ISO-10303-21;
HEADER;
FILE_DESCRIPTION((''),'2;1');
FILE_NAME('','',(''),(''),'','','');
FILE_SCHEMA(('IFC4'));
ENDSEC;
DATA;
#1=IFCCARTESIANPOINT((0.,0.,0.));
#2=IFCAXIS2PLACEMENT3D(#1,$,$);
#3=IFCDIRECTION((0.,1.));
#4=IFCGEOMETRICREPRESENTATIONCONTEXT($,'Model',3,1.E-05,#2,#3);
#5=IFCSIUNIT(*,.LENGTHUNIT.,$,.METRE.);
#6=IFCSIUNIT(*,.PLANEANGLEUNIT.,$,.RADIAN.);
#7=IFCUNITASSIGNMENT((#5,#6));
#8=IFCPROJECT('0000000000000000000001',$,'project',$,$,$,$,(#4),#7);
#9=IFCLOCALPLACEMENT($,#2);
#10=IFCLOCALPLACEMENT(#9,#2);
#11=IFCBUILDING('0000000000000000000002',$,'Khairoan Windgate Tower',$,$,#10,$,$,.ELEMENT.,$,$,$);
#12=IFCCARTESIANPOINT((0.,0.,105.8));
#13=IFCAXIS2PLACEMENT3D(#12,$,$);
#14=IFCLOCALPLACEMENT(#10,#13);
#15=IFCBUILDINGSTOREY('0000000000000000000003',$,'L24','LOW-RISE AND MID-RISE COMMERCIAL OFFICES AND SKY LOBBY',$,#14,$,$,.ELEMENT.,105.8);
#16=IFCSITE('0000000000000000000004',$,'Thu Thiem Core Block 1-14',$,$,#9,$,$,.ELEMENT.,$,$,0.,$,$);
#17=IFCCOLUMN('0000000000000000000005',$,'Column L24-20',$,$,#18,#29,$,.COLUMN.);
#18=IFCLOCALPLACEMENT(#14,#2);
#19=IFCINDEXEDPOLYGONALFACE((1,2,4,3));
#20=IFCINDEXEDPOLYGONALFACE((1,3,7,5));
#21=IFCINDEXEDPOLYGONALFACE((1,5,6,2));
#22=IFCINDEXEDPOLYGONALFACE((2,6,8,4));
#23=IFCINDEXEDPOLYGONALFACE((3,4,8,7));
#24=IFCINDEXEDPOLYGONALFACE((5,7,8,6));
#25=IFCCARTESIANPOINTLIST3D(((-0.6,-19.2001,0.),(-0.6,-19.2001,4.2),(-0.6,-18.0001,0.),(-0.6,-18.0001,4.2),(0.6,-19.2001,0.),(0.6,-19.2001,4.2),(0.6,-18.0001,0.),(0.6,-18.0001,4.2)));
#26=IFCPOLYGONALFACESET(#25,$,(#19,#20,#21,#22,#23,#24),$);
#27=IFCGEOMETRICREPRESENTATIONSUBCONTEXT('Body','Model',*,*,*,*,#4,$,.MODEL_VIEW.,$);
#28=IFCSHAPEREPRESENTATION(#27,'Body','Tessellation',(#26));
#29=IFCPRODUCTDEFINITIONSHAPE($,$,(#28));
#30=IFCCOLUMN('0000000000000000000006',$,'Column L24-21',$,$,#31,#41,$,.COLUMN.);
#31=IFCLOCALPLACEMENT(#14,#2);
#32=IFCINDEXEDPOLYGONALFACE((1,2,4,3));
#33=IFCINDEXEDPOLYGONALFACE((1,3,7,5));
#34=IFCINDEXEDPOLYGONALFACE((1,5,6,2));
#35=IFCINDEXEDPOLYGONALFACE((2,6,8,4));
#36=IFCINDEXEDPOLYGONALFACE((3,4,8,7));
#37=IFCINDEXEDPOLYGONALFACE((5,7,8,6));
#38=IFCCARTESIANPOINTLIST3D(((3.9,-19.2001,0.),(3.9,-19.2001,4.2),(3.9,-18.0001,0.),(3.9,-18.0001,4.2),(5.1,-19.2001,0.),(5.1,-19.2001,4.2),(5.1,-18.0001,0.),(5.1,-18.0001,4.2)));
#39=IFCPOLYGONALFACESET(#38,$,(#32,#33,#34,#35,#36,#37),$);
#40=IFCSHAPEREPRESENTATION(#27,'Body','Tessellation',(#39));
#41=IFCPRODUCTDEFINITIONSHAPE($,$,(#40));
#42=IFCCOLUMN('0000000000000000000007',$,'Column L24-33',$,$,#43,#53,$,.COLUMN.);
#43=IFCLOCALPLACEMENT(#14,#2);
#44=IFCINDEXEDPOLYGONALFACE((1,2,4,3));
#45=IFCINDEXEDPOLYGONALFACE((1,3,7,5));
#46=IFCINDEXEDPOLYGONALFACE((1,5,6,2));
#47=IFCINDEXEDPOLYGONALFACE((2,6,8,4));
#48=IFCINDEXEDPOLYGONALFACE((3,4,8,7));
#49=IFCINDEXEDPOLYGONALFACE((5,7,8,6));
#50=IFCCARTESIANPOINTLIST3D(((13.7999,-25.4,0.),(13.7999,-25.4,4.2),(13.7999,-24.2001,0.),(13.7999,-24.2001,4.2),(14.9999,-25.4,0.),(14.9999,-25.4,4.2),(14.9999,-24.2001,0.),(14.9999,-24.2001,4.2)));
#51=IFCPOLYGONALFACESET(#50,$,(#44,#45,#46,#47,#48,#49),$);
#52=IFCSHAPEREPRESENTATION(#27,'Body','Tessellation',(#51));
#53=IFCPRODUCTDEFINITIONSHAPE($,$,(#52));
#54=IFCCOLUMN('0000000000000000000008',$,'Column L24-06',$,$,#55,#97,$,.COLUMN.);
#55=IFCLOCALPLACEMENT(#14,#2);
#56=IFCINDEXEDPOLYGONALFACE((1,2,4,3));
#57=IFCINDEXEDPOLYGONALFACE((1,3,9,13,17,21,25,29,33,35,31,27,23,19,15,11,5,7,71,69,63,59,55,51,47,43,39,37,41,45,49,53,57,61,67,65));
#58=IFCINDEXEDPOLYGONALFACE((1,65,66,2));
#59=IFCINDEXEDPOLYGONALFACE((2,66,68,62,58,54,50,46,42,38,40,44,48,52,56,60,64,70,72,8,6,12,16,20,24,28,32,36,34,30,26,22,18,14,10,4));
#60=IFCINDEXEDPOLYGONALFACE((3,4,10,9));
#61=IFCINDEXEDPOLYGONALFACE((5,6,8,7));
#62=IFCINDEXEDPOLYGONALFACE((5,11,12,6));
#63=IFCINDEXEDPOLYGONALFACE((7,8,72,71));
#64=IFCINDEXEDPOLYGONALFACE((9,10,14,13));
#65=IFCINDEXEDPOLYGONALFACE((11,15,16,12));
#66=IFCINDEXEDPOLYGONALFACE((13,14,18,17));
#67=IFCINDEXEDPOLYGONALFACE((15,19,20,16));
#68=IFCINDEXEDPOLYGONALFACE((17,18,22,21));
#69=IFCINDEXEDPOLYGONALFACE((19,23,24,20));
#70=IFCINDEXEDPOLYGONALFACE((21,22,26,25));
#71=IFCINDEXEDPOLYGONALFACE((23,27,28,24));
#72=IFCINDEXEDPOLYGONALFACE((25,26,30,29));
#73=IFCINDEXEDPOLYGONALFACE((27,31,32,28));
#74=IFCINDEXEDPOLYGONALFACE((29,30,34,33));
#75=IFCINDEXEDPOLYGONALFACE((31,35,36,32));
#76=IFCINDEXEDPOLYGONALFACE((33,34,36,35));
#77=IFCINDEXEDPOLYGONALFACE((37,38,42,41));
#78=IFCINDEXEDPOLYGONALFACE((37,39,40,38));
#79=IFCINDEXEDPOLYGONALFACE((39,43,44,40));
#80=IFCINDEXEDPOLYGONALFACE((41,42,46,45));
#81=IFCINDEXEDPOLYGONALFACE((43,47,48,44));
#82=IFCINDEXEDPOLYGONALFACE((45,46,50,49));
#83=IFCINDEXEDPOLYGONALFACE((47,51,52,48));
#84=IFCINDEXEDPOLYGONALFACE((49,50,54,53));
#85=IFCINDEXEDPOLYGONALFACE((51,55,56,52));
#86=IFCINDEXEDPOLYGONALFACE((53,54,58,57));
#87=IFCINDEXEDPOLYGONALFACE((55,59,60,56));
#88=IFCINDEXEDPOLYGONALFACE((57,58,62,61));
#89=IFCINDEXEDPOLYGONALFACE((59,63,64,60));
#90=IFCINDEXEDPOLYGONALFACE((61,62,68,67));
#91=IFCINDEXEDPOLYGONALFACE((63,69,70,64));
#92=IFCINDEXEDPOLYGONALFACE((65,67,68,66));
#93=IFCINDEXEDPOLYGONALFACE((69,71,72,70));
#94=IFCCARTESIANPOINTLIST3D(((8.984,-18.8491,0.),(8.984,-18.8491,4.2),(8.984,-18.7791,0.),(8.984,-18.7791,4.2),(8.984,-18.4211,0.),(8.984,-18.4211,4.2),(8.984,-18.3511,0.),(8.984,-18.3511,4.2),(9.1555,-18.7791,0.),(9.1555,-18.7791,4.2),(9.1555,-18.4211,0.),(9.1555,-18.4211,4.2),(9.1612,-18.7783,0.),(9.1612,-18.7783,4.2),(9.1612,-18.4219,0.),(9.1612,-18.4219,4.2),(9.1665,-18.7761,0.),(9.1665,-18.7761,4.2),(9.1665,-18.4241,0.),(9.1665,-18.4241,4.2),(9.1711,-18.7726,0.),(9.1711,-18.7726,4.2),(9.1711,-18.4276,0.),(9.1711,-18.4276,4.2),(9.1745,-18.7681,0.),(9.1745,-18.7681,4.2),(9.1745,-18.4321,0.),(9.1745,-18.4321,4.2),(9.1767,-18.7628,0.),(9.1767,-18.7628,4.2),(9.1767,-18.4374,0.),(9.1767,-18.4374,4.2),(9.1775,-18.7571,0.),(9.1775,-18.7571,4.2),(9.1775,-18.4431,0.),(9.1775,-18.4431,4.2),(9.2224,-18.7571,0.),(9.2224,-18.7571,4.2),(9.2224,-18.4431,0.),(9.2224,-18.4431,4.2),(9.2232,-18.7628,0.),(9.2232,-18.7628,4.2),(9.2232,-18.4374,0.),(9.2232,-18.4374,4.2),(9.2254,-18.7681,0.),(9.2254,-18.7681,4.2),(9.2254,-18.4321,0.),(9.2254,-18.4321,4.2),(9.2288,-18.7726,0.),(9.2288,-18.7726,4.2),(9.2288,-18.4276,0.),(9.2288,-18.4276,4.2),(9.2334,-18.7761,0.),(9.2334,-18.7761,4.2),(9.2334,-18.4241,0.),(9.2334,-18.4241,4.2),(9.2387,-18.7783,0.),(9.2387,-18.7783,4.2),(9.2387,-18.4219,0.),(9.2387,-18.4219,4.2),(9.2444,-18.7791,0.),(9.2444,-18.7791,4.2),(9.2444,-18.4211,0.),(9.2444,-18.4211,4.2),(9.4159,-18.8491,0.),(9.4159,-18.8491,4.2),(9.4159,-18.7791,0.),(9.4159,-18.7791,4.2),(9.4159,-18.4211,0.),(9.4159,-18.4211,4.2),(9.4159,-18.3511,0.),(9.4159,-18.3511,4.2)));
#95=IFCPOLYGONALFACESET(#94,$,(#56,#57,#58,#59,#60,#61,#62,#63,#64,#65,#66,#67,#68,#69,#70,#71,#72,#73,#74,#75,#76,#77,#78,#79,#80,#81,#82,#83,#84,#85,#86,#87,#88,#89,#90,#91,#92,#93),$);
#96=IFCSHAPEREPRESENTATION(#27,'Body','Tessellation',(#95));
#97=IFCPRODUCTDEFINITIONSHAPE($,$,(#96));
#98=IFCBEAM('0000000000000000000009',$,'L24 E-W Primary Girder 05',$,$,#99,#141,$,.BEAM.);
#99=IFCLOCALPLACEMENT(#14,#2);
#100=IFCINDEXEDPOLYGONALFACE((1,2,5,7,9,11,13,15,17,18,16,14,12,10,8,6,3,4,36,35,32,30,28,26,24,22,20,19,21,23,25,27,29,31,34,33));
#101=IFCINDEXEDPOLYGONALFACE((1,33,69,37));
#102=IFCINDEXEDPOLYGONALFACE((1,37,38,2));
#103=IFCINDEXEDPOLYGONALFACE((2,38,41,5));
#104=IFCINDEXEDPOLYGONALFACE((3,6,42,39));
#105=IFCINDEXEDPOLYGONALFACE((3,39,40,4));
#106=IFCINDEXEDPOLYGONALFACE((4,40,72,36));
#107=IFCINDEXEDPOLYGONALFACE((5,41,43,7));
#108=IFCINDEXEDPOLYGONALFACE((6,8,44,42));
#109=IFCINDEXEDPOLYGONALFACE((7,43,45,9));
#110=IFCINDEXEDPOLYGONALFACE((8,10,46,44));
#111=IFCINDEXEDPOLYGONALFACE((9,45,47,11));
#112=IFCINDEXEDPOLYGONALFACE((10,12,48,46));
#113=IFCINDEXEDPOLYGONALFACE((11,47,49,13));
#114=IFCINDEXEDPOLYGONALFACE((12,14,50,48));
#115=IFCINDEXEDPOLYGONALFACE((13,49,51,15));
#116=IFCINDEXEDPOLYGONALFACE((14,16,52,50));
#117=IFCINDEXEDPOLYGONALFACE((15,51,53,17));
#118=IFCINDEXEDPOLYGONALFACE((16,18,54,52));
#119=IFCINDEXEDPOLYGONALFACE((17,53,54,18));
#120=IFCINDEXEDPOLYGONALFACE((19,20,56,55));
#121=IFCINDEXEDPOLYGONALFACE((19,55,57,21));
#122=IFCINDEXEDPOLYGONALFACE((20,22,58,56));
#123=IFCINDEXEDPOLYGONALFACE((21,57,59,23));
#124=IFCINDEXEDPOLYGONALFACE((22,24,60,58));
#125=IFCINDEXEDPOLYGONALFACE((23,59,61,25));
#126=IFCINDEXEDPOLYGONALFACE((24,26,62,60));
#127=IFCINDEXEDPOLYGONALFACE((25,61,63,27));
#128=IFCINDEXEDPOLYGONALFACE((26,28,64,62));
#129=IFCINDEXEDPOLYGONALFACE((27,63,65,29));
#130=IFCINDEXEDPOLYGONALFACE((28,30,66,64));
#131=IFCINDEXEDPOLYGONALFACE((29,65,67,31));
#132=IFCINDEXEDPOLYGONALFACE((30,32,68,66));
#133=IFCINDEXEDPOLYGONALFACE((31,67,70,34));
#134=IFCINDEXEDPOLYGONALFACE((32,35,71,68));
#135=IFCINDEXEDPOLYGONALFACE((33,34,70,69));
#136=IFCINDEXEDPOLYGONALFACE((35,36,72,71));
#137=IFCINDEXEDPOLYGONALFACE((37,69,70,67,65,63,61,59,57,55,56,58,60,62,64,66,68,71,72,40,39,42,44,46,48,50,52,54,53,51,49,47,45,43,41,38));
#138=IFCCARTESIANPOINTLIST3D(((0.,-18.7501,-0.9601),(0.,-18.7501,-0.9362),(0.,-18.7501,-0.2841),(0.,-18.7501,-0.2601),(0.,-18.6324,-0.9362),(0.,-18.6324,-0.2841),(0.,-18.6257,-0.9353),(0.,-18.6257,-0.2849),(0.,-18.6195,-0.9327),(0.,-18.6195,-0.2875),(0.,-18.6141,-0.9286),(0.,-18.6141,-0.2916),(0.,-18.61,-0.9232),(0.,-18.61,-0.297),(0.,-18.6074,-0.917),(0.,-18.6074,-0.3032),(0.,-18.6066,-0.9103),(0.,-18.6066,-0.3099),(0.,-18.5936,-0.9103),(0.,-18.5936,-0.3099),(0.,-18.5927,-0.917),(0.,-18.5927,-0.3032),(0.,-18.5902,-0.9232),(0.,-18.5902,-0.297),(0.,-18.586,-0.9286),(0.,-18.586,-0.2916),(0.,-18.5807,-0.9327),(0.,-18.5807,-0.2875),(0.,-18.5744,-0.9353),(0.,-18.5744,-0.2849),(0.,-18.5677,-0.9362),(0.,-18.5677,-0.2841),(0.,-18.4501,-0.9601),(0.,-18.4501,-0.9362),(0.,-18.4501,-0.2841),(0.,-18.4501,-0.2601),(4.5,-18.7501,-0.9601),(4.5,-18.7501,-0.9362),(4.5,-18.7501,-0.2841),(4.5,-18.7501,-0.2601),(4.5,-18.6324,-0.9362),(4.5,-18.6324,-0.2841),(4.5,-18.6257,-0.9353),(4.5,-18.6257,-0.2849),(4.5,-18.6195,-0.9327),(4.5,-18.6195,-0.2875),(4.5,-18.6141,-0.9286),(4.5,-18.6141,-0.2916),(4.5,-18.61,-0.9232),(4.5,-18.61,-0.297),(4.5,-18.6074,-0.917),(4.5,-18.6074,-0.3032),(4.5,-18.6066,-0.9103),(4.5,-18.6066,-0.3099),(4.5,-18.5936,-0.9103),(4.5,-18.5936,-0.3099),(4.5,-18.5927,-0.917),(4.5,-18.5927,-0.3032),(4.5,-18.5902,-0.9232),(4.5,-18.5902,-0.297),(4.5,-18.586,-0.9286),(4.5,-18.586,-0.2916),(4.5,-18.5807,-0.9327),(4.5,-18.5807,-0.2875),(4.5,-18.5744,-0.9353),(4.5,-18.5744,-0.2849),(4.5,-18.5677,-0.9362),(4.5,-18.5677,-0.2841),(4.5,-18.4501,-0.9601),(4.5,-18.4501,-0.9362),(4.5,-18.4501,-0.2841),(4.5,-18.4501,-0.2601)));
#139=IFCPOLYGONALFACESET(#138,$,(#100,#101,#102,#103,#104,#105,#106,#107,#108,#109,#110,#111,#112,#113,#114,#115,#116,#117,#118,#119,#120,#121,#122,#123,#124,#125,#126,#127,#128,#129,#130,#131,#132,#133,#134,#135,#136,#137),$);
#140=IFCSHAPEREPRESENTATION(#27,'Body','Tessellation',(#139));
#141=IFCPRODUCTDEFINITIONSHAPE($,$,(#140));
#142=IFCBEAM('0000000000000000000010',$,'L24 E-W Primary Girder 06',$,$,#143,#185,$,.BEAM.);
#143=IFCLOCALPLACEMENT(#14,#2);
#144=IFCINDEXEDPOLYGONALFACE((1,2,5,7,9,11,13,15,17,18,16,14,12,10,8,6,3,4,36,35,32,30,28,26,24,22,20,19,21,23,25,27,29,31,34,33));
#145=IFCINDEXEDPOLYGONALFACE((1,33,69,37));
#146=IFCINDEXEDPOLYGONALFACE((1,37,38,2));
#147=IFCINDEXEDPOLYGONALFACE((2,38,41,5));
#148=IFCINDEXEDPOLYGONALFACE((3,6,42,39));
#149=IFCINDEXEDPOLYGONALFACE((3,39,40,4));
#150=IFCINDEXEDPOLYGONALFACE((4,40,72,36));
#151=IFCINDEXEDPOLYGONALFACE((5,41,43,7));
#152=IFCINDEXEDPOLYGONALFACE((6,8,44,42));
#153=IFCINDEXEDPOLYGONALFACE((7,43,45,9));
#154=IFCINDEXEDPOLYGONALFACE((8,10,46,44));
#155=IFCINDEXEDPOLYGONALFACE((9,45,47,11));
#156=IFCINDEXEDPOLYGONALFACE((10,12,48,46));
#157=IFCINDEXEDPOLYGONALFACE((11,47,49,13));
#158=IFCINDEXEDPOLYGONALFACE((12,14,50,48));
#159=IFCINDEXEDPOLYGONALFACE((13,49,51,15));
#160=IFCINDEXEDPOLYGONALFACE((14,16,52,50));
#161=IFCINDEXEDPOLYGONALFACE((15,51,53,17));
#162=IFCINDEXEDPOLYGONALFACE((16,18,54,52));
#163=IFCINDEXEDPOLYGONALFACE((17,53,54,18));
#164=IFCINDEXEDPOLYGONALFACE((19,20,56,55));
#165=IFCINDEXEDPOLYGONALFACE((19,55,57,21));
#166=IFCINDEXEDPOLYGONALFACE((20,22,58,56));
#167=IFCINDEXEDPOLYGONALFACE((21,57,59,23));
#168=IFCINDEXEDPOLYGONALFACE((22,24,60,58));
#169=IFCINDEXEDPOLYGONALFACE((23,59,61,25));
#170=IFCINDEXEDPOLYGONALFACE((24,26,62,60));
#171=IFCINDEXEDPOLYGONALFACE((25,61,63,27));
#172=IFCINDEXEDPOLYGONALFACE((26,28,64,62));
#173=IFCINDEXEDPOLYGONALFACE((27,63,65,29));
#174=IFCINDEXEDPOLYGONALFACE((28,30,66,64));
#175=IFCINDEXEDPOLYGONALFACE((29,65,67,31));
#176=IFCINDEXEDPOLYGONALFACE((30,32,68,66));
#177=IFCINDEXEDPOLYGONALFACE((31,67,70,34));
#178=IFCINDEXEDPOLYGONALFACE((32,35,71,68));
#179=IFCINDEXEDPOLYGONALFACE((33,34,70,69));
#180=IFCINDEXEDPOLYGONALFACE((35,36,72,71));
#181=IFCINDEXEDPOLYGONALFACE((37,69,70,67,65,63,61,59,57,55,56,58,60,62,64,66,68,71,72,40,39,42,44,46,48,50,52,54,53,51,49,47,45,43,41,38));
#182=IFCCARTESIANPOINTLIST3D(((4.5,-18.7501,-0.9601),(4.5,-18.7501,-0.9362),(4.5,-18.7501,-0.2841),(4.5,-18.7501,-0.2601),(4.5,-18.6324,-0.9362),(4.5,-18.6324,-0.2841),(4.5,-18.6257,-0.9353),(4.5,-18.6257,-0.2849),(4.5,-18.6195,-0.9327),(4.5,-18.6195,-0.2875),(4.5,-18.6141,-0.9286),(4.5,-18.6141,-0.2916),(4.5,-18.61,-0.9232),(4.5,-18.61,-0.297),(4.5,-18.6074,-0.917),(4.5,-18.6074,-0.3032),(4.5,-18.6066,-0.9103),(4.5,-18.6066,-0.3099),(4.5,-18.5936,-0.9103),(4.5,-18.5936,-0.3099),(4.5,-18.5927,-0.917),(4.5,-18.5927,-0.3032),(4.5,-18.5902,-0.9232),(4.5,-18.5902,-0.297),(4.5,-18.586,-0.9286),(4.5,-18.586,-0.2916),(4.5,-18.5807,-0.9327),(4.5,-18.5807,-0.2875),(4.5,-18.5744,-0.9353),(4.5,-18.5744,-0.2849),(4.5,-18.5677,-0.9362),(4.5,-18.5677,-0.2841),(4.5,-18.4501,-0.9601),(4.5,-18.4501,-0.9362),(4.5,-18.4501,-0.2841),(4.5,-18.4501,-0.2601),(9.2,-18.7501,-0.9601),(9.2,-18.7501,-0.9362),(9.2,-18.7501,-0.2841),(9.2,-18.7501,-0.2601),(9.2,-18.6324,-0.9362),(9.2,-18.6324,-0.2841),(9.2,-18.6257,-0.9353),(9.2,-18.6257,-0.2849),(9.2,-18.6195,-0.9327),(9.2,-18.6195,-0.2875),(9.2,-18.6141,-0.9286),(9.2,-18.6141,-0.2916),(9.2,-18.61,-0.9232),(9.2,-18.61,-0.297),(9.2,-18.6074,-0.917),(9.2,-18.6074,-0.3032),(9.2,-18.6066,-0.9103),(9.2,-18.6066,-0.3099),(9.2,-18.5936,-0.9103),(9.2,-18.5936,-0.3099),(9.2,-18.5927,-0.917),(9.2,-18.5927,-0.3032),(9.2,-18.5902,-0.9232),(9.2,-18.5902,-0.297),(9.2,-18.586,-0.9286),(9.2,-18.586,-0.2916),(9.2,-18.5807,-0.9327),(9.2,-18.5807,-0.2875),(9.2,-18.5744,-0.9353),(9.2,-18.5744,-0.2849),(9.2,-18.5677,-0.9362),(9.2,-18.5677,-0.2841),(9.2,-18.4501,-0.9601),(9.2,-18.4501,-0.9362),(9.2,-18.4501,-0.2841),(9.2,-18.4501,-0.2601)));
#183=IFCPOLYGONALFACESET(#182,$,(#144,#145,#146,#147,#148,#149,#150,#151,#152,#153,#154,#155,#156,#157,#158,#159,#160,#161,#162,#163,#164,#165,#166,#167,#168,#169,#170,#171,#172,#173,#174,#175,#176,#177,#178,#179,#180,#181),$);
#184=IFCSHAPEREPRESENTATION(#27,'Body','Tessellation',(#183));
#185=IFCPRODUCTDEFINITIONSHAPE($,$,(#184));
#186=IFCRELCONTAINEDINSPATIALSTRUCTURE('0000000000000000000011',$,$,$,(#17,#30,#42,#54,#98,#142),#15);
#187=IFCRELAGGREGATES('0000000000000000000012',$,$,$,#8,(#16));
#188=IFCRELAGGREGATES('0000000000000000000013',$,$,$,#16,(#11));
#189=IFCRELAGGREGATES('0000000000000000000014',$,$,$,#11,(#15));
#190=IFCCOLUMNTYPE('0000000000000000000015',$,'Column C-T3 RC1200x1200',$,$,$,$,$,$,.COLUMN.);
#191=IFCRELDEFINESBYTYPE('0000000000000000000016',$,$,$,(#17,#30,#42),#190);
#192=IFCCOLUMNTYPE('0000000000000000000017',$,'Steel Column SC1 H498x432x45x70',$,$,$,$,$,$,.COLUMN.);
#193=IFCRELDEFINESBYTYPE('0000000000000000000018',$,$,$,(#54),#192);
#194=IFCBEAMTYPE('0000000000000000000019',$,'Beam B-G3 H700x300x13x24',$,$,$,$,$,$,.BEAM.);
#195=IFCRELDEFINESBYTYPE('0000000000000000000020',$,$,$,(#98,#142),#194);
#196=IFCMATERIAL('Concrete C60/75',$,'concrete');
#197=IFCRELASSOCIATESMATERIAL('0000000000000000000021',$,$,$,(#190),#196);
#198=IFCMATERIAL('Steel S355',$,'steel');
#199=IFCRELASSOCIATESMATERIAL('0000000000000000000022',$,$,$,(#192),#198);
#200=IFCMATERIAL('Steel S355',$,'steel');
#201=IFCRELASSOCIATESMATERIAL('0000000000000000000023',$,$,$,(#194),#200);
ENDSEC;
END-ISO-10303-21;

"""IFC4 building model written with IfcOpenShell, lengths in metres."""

from ifc_helpers import new_model, si_unit, direction, frame, origin, origin_2d, place, context, subcontext, project, spatial, rectangle, i_section, extrude, material, material_profile, profile_set, type_object, element, save


model = new_model("IFC4")

# Units and contexts
model_context = context("Model", 3, precision=1e-05, world=origin(), true_north=direction((0.0, 1.0)))
body_context = subcontext(model_context, "Body", "Model", "MODEL_VIEW")
ifc_project = project(units=[si_unit("LENGTHUNIT", "METRE"), si_unit("PLANEANGLEUNIT", "RADIAN")], contexts=[model_context])

# Site, building, storey
site_placement = place(None, origin())
site = spatial("IfcSite", under=ifc_project, at=site_placement, Name="Thu Thiem Core Block 1-14", CompositionType="ELEMENT", RefElevation=0.0)
building_placement = place(site_placement, origin())
building = spatial("IfcBuilding", under=site, at=building_placement, Name="Khairoan Windgate Tower", CompositionType="ELEMENT")
storey_placement = place(building_placement, frame((0.0, 0.0, 105.8)))
storey = spatial("IfcBuildingStorey", under=building, at=storey_placement, Name="L24", Description="LOW-RISE AND MID-RISE COMMERCIAL OFFICES AND SKY LOBBY", CompositionType="ELEMENT", Elevation=105.8)

# Columns
ifc_material_1 = material(Name="Concrete C60/75", Category="concrete")
ifc_material_profile_1 = material_profile(ifc_material_1, rectangle(XDim=1.2, YDim=1.2, at=origin_2d()))
ifc_profile_set_1 = profile_set([ifc_material_profile_1], Name="Concrete C60/75")
column_type_1 = type_object("IfcColumnType", Name="Column C-T3 RC1200x1200", PredefinedType="COLUMN", material=ifc_profile_set_1)
for number, where, z_axis, x_axis, name in (
    (1, (0.0, -18.6001, 0.0), (0.0, 0.0, 1.0), (1.0, 0.0, 0.0), "Column L24-20"),
    (2, (4.5, -18.6001, 0.0), (0.0, 0.0, 1.0), (1.0, 0.0, 0.0), "Column L24-21"),
    (3, (14.3999, -24.8, 0.0), (0.0, 0.0, 1.0), (1.0, 0.0, 0.0), "Column L24-33"),
):
    element("IfcColumn", number, at=place(storey_placement, frame(where, z_axis=z_axis, x_axis=x_axis)), inside=storey, type_object=column_type_1, Name=name, PredefinedType="COLUMN", context=body_context, shape_type="SweptSolid", body=[
        extrude(rectangle(XDim=1.2, YDim=1.2, at=origin_2d()), origin(), (0.0, 0.0, 1.0), 4.2),
    ])
ifc_material_2 = material(Name="Steel S355", Category="steel")
ifc_material_profile_2 = material_profile(ifc_material_2, i_section(OverallWidth=0.4319, OverallDepth=0.498, WebThickness=0.0449, FlangeThickness=0.0701, FilletRadius=0.022, at=origin_2d()))
ifc_profile_set_2 = profile_set([ifc_material_profile_2], Name="Steel S355")
column_type_2 = type_object("IfcColumnType", Name="Steel Column SC1 H498x432x45x70", PredefinedType="COLUMN", material=ifc_profile_set_2)
column_placement = place(storey_placement, frame((9.2, -18.6001, 0.0), z_axis=(0.0, 0.0, 1.0), x_axis=(1.0, 0.0, 0.0)))
element("IfcColumn", 4, at=column_placement, inside=storey, type_object=column_type_2, Name="Column L24-06", PredefinedType="COLUMN", context=body_context, shape_type="SweptSolid", body=[
    extrude(i_section(OverallWidth=0.4319, OverallDepth=0.498, WebThickness=0.0449, FlangeThickness=0.0701, FilletRadius=0.022, at=origin_2d()), origin(), (0.0, 0.0, 1.0), 4.2),
])

# Beams
ifc_material_3 = material(Name="Steel S355", Category="steel")
ifc_material_profile_3 = material_profile(ifc_material_3, i_section(OverallWidth=0.3, OverallDepth=0.7, WebThickness=0.0129, FlangeThickness=0.0239, FilletRadius=0.0259, at=origin_2d()))
ifc_profile_set_3 = profile_set([ifc_material_profile_3], Name="Steel S355")
beam_type = type_object("IfcBeamType", Name="Beam B-G3 H700x300x13x24", PredefinedType="BEAM", material=ifc_profile_set_3)
beam_1_placement = place(storey_placement, frame((0.0, -18.6001, -0.6101), z_axis=(1.0, 0.0, 0.0), x_axis=(0.0, 1.0, 0.0)))
element("IfcBeam", 5, at=beam_1_placement, inside=storey, type_object=beam_type, Name="L24 E-W Primary Girder 05", PredefinedType="BEAM", context=body_context, shape_type="SweptSolid", body=[
    extrude(i_section(OverallWidth=0.3, OverallDepth=0.7, WebThickness=0.0129, FlangeThickness=0.0239, FilletRadius=0.0259, at=origin_2d()), origin(), (0.0, 0.0, 1.0), 4.5),
])
beam_2_placement = place(storey_placement, frame((4.5, -18.6001, -0.6101), z_axis=(1.0, 0.0, 0.0), x_axis=(0.0, 1.0, 0.0)))
element("IfcBeam", 6, at=beam_2_placement, inside=storey, type_object=beam_type, Name="L24 E-W Primary Girder 06", PredefinedType="BEAM", context=body_context, shape_type="SweptSolid", body=[
    extrude(i_section(OverallWidth=0.3, OverallDepth=0.7, WebThickness=0.0129, FlangeThickness=0.0239, FilletRadius=0.0259, at=origin_2d()), origin(), (0.0, 0.0, 1.0), 4.7),
])

save(model, "model.ifc")
